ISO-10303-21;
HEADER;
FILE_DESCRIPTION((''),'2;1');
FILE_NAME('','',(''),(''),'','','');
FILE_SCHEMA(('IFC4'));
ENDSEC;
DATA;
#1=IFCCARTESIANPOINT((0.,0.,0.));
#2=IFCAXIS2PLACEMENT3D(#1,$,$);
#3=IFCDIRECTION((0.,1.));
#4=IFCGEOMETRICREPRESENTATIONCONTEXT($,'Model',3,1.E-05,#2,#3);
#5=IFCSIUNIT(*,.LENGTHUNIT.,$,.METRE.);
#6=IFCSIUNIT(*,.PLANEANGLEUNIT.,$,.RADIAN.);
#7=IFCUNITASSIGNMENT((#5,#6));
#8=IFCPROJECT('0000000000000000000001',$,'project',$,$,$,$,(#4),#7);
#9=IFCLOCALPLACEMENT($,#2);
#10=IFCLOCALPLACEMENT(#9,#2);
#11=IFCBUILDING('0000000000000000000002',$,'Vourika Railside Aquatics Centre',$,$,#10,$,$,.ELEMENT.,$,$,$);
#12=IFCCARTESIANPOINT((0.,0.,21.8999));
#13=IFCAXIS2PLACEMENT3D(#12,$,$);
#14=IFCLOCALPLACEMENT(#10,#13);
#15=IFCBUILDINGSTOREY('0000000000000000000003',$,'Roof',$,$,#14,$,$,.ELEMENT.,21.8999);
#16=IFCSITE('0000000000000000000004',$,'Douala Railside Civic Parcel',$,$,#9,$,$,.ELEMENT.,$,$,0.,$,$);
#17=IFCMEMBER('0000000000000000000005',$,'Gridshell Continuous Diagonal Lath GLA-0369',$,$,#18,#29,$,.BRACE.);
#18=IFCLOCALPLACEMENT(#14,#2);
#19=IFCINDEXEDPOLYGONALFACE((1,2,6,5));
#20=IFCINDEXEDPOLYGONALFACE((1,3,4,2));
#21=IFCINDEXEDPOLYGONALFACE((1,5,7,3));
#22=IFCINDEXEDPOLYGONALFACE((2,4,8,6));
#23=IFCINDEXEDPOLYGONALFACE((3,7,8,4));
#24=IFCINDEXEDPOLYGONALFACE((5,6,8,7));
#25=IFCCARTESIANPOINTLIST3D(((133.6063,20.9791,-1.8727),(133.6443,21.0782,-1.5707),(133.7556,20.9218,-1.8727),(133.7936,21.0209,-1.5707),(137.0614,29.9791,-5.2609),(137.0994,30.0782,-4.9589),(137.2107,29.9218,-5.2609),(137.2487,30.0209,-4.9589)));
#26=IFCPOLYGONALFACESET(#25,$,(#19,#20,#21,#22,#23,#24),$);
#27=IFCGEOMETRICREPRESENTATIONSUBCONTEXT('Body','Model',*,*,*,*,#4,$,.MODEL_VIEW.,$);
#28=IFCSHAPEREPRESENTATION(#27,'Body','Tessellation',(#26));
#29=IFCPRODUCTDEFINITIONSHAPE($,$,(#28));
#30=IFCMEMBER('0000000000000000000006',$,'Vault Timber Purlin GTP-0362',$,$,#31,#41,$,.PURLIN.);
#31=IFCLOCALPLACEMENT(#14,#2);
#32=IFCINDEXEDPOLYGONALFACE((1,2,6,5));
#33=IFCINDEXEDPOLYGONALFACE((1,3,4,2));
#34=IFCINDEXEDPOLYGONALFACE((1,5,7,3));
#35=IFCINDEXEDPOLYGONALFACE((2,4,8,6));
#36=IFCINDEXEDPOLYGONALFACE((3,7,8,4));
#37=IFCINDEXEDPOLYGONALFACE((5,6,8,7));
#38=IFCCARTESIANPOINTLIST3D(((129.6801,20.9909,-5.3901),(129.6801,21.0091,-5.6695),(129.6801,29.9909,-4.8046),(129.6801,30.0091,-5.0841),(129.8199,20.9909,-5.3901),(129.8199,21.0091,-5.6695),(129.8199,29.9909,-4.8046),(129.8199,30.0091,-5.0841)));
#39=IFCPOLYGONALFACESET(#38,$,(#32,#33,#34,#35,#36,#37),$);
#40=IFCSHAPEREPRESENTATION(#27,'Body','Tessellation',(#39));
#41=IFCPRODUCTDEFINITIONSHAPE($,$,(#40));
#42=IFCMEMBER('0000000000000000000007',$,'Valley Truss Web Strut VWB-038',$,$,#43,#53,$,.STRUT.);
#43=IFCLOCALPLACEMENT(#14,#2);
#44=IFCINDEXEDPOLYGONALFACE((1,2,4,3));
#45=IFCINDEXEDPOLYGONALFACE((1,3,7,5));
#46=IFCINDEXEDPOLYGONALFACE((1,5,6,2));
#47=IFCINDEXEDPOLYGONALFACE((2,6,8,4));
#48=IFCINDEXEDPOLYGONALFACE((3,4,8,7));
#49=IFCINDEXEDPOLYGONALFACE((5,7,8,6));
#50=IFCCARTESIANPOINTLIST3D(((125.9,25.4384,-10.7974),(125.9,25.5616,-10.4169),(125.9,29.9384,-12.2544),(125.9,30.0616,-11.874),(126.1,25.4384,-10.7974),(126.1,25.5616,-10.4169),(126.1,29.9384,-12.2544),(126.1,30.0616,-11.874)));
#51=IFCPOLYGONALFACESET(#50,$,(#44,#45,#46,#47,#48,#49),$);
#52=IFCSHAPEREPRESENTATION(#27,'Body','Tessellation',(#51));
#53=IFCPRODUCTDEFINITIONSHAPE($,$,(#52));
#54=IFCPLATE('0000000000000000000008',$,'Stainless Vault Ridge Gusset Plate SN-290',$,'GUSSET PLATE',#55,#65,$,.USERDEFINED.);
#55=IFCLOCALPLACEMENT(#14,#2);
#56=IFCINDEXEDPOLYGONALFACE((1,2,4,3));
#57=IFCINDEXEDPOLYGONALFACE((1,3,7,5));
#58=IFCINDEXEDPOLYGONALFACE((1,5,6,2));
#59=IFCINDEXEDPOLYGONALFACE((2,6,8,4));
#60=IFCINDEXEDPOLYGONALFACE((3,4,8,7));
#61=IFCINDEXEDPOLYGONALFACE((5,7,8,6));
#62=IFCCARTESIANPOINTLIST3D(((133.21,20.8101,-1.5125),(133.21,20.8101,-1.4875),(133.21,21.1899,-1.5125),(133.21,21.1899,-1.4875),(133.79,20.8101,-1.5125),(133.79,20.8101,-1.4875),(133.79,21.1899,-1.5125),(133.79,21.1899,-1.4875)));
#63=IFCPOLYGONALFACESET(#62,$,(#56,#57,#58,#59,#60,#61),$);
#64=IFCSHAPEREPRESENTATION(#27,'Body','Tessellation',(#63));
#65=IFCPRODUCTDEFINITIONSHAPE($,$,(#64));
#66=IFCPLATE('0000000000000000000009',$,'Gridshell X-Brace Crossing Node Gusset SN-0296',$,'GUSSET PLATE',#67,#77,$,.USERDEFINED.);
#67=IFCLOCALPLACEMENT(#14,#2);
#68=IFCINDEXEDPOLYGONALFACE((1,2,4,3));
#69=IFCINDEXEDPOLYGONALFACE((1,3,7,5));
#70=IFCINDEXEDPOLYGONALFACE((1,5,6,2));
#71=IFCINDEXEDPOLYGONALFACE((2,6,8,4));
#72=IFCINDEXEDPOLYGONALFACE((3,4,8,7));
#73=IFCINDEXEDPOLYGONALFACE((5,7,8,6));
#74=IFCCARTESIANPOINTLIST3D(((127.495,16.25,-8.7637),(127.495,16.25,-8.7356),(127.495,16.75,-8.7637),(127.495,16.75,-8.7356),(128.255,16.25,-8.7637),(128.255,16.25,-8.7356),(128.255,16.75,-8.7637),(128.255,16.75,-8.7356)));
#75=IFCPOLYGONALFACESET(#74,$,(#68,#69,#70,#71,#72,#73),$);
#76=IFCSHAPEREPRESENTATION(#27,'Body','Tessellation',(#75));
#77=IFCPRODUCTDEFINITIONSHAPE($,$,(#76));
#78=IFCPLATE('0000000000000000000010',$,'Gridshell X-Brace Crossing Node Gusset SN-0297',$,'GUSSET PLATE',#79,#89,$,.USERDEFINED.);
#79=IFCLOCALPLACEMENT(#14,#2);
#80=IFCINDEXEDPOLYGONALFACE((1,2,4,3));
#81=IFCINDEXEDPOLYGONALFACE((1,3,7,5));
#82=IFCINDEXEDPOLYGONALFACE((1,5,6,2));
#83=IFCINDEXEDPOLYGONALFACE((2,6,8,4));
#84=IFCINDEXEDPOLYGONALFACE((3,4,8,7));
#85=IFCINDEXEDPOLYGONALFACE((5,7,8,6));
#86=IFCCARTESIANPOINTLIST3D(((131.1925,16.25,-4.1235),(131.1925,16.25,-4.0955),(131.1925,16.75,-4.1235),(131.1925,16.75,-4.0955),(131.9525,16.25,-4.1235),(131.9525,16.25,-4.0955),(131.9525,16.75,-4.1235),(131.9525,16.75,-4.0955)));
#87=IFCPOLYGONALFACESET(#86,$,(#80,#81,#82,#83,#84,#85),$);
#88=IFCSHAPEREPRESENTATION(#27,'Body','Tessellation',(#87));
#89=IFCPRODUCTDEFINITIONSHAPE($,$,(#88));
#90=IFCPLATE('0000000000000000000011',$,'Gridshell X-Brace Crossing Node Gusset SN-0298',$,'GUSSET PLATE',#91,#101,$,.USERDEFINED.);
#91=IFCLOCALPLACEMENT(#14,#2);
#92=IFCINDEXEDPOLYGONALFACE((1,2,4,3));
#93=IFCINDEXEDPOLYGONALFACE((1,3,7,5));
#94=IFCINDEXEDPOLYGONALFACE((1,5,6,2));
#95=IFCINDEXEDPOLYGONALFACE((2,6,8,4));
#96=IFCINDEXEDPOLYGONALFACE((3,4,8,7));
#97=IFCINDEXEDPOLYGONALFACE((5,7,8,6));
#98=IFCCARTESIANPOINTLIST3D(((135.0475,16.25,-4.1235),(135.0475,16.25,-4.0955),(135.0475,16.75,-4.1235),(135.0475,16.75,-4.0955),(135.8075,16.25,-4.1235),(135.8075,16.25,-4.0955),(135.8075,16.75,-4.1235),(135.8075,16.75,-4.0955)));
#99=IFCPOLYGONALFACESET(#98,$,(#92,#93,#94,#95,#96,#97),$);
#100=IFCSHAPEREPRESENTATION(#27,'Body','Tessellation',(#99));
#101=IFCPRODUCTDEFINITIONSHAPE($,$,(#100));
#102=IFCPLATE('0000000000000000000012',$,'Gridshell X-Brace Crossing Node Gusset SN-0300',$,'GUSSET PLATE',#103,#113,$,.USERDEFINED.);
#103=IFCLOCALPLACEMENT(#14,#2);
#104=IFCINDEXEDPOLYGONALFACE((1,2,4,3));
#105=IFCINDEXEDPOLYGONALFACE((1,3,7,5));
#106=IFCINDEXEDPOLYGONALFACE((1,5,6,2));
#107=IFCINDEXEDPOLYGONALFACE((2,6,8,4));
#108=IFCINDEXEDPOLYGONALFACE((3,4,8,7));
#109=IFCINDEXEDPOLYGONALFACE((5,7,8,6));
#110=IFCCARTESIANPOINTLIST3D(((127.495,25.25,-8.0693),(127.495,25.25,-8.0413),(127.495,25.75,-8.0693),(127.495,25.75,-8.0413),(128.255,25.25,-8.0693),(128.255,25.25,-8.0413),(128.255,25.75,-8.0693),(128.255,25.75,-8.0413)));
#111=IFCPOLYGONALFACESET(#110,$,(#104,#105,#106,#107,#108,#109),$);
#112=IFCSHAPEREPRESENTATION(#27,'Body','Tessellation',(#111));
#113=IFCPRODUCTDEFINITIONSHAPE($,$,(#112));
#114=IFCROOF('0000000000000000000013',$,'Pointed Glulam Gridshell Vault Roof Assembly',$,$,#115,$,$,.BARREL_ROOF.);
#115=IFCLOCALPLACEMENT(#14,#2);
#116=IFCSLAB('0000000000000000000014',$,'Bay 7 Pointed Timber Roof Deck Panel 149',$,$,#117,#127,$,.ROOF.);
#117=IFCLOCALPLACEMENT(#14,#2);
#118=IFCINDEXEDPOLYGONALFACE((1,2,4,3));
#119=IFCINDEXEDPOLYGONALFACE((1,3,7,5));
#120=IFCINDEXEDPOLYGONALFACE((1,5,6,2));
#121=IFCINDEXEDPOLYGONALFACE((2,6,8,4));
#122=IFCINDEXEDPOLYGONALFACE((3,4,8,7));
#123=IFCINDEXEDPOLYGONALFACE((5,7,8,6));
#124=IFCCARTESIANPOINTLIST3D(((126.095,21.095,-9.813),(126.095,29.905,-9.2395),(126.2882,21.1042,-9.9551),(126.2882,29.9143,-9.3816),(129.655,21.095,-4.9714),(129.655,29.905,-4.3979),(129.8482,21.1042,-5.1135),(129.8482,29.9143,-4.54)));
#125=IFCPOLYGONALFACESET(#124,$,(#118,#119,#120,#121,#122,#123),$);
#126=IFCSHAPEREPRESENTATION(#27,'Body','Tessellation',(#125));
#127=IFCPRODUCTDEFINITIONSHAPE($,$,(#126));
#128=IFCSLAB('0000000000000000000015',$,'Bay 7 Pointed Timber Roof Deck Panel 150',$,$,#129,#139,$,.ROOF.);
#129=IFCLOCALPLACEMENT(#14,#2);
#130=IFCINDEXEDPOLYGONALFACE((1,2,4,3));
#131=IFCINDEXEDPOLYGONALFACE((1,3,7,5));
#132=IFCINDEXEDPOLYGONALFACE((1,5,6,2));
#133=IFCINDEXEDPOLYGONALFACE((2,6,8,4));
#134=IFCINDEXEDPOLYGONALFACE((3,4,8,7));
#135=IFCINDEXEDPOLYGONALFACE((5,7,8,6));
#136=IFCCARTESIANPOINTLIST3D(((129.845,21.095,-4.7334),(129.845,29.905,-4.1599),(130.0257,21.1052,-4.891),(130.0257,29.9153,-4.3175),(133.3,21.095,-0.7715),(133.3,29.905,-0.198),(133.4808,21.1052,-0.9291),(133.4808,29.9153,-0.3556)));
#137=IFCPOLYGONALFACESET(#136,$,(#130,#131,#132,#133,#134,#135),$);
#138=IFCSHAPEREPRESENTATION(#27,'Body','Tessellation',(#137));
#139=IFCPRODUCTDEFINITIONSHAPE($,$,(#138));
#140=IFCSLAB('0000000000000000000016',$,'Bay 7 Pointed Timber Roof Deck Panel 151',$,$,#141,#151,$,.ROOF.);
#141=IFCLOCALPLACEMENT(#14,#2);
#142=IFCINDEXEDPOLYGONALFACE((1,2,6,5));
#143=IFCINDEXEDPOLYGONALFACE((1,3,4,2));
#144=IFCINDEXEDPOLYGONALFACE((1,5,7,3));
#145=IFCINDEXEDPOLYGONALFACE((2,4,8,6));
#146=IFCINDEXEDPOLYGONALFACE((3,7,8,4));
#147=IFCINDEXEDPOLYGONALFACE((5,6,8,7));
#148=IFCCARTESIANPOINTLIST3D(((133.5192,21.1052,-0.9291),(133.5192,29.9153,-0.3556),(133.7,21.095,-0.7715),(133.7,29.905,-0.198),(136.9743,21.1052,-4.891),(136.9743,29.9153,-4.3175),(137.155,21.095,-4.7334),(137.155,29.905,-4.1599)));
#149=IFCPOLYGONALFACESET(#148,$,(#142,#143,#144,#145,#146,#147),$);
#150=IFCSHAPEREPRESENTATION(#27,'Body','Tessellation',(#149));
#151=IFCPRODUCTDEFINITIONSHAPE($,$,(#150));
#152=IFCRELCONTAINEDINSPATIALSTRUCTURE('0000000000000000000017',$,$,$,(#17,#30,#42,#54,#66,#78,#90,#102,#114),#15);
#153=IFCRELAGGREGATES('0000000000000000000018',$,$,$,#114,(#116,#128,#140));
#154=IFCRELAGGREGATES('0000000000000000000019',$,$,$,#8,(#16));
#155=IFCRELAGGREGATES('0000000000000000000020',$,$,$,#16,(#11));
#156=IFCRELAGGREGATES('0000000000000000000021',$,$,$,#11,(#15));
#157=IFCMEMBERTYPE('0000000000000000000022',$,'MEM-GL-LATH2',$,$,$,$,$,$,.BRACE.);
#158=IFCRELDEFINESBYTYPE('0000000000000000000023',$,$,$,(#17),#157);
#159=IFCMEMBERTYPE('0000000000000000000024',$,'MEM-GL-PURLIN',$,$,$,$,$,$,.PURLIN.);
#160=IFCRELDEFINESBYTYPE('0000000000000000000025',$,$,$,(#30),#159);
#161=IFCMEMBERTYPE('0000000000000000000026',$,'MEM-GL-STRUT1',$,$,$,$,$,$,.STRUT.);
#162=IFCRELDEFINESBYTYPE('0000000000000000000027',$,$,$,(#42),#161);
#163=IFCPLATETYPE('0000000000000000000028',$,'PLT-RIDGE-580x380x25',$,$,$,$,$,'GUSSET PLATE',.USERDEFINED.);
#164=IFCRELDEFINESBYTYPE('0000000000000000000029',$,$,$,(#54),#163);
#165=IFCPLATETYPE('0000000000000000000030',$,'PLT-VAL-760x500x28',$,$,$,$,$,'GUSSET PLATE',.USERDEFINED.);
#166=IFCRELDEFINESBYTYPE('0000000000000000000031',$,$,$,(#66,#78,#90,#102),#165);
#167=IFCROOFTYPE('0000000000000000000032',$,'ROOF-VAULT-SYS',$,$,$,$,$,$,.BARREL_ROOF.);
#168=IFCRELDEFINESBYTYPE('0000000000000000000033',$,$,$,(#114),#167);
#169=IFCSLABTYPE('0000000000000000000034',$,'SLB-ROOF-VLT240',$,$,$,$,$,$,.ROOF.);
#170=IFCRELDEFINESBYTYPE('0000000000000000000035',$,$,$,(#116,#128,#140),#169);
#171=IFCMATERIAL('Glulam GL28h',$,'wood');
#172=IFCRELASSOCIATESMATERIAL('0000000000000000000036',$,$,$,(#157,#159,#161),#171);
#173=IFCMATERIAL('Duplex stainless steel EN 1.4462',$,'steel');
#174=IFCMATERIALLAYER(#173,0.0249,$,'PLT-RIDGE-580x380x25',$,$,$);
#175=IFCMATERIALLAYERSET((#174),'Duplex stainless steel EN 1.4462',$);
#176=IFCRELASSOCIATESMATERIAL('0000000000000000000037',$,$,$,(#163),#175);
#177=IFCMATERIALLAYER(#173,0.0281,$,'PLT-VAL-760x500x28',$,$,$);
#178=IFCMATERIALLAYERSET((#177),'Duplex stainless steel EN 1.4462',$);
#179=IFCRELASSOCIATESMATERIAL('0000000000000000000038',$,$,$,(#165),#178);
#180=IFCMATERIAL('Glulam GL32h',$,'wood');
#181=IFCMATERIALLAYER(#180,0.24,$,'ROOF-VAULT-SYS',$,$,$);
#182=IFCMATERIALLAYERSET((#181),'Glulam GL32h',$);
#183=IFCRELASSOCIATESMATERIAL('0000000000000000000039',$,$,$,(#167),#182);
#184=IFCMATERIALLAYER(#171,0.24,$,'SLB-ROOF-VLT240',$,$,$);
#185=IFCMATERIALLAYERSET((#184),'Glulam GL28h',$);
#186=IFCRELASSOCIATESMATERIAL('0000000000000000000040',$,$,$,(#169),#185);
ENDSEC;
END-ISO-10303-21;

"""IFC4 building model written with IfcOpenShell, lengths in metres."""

from ifc_helpers import new_model, si_unit, direction, frame, origin, origin_2d, place, context, subcontext, project, spatial, polyline, rectangle, outline, extrude, material, layer, layer_set, material_profile, profile_set, type_object, element, aggregate, save


model = new_model("IFC4")

# Units and contexts
model_context = context("Model", 3, precision=1e-05, world=origin(), true_north=direction((0.0, 1.0)))
body_context = subcontext(model_context, "Body", "Model", "MODEL_VIEW")
ifc_project = project(units=[si_unit("LENGTHUNIT", "METRE"), si_unit("PLANEANGLEUNIT", "RADIAN")], contexts=[model_context])

# Site, building, storey
site_placement = place(None, origin())
site = spatial("IfcSite", under=ifc_project, at=site_placement, Name="Douala Railside Civic Parcel", CompositionType="ELEMENT", RefElevation=0.0)
building_placement = place(site_placement, origin())
building = spatial("IfcBuilding", under=site, at=building_placement, Name="Vourika Railside Aquatics Centre", CompositionType="ELEMENT")
storey_placement = place(building_placement, frame((0.0, 0.0, 21.8999)))
storey = spatial("IfcBuildingStorey", under=building, at=storey_placement, Name="Roof", CompositionType="ELEMENT", Elevation=21.8999)

# Shared definitions
ifc_material_1 = material(Name="Glulam GL32h", Category="wood")

# Members
ifc_material_2 = material(Name="Glulam GL28h", Category="wood")
ifc_material_profile_1 = material_profile(ifc_material_2, rectangle(XDim=0.1599, YDim=0.3201, at=origin_2d()), Name="GL28h 160x320")
ifc_profile_set_1 = profile_set([ifc_material_profile_1], Name="Glulam GL28h")
member_type_1 = type_object("IfcMemberType", Name="MEM-GL-LATH2", PredefinedType="BRACE", material=ifc_profile_set_1)
member_1_placement = place(storey_placement, frame((133.7, 21.0, -1.7217), z_axis=(0.338121, 0.880757, -0.331574), x_axis=(-0.93357, 0.358395, 0.0)))
element("IfcMember", 1, at=member_1_placement, inside=storey, type_object=member_type_1, Name="Gridshell Continuous Diagonal Lath GLA-0369", PredefinedType="BRACE", context=body_context, shape_type="SweptSolid", body=[
    extrude(rectangle(XDim=0.1599, YDim=0.3201, at=origin_2d()), origin(), (0.0, 0.0, 1.0), 10.2185),
])
ifc_material_profile_2 = material_profile(ifc_material_2, rectangle(XDim=0.1399, YDim=0.28, at=origin_2d()), Name="GL28h 140x280")
ifc_profile_set_2 = profile_set([ifc_material_profile_2], Name="Glulam GL28h")
member_type_2 = type_object("IfcMemberType", Name="MEM-GL-PURLIN", PredefinedType="PURLIN", material=ifc_profile_set_2)
member_2_placement = place(storey_placement, frame((129.75, 21.0, -5.5298), z_axis=(0.0, 0.997891, 0.064913), x_axis=(-1.0, 0.0, 0.0)))
element("IfcMember", 2, at=member_2_placement, inside=storey, type_object=member_type_2, Name="Vault Timber Purlin GTP-0362", PredefinedType="PURLIN", context=body_context, shape_type="SweptSolid", body=[
    extrude(rectangle(XDim=0.1399, YDim=0.28, at=origin_2d()), origin(), (0.0, 0.0, 1.0), 9.019),
])
ifc_material_profile_3 = material_profile(ifc_material_2, rectangle(XDim=0.2, YDim=0.3999, at=origin_2d()), Name="GL28h 200x400")
ifc_profile_set_3 = profile_set([ifc_material_profile_3], Name="Glulam GL28h")
member_type_3 = type_object("IfcMemberType", Name="MEM-GL-STRUT1", PredefinedType="STRUT", material=ifc_profile_set_3)
member_3_placement = place(storey_placement, frame((126.0, 25.5, -10.6072), z_axis=(0.0, 0.951373, -0.30804), x_axis=(-1.0, 0.0, 0.0)))
element("IfcMember", 3, at=member_3_placement, inside=storey, type_object=member_type_3, Name="Valley Truss Web Strut VWB-038", PredefinedType="STRUT", context=body_context, shape_type="SweptSolid", body=[
    extrude(rectangle(XDim=0.2, YDim=0.3999, at=origin_2d()), origin(), (0.0, 0.0, 1.0), 4.73),
])

# Plates
ifc_material_3 = material(Name="Duplex stainless steel EN 1.4462", Category="steel")
ifc_layer_1 = layer(ifc_material_3, 0.0249, Name="PLT-RIDGE-580x380x25")
ifc_layer_set_1 = layer_set([ifc_layer_1], Name="Duplex stainless steel EN 1.4462")
plate_type_1 = type_object("IfcPlateType", Name="PLT-RIDGE-580x380x25", ElementType="GUSSET PLATE", PredefinedType="USERDEFINED", material=ifc_layer_set_1)
plate_placement = place(storey_placement, frame((133.5, 21.0, -1.5125), z_axis=(0.0, 0.0, 1.0), x_axis=(1.0, 0.0, 0.0)))
element("IfcPlate", 4, at=plate_placement, inside=storey, type_object=plate_type_1, Name="Stainless Vault Ridge Gusset Plate SN-290", ObjectType="GUSSET PLATE", PredefinedType="USERDEFINED", context=body_context, shape_type="SweptSolid", body=[
    extrude(rectangle(XDim=0.5801, YDim=0.3799, at=origin_2d()), origin(), (0.0, 0.0, 1.0), 0.0249),
])
ifc_layer_2 = layer(ifc_material_3, 0.0281, Name="PLT-VAL-760x500x28")
ifc_layer_set_2 = layer_set([ifc_layer_2], Name="Duplex stainless steel EN 1.4462")
plate_type_2 = type_object("IfcPlateType", Name="PLT-VAL-760x500x28", ElementType="GUSSET PLATE", PredefinedType="USERDEFINED", material=ifc_layer_set_2)
for number, where, z_axis, x_axis, name in (
    (5, (127.875, 16.5, -8.7637), (0.0, 0.0, 1.0), (1.0, 0.0, 0.0), "Gridshell X-Brace Crossing Node Gusset SN-0296"),
    (6, (131.5725, 16.5, -4.1235), (0.0, 0.0, 1.0), (1.0, 0.0, 0.0), "Gridshell X-Brace Crossing Node Gusset SN-0297"),
    (7, (135.4275, 16.5, -4.1235), (0.0, 0.0, 1.0), (1.0, 0.0, 0.0), "Gridshell X-Brace Crossing Node Gusset SN-0298"),
    (8, (127.875, 25.5, -8.0693), (0.0, 0.0, 1.0), (1.0, 0.0, 0.0), "Gridshell X-Brace Crossing Node Gusset SN-0300"),
):
    element("IfcPlate", number, at=place(storey_placement, frame(where, z_axis=z_axis, x_axis=x_axis)), inside=storey, type_object=plate_type_2, Name=name, ObjectType="GUSSET PLATE", PredefinedType="USERDEFINED", context=body_context, shape_type="SweptSolid", body=[
        extrude(rectangle(XDim=0.76, YDim=0.5, at=origin_2d()), origin(), (0.0, 0.0, 1.0), 0.0281),
    ])

# Roof, slabs
ifc_layer_3 = layer(ifc_material_1, 0.24, Name="ROOF-VAULT-SYS")
ifc_layer_set_3 = layer_set([ifc_layer_3], Name="Glulam GL32h")
roof_type = type_object("IfcRoofType", Name="ROOF-VAULT-SYS", PredefinedType="BARREL_ROOF", material=ifc_layer_set_3)
roof_placement = place(storey_placement, origin())
roof = element("IfcRoof", 9, at=roof_placement, inside=storey, type_object=roof_type, Name="Pointed Glulam Gridshell Vault Roof Assembly", PredefinedType="BARREL_ROOF")
ifc_layer_4 = layer(ifc_material_2, 0.24, Name="SLB-ROOF-VLT240")
ifc_layer_set_4 = layer_set([ifc_layer_4], Name="Glulam GL28h")
slab_type = type_object("IfcSlabType", Name="SLB-ROOF-VLT240", PredefinedType="ROOF", material=ifc_layer_set_4)
slab_1_placement = place(storey_placement, frame((126.095, 21.095, -9.813), z_axis=(-0.805045, -0.038533, 0.591961), x_axis=(0.592401, 0.0, 0.805644)))
slab_1 = element("IfcSlab", 10, at=slab_1_placement, type_object=slab_type, Name="Bay 7 Pointed Timber Roof Deck Panel 149", PredefinedType="ROOF", context=body_context, shape_type="SweptSolid", body=[
    extrude(outline(polyline([(0.0, 0.0), (6.0095, 0.0), (6.4716, 8.8166), (0.462, 8.8166), (0.0, 0.0)])), origin(), (0.0, 0.0, -1.0), 0.24),
])
slab_2_placement = place(storey_placement, frame((129.845, 21.095, -4.7334), z_axis=(-0.75298, -0.042745, 0.656654), x_axis=(0.657254, 0.0, 0.753669)))
slab_2 = element("IfcSlab", 11, at=slab_2_placement, type_object=slab_type, Name="Bay 7 Pointed Timber Roof Deck Panel 150", PredefinedType="ROOF", context=body_context, shape_type="SweptSolid", body=[
    extrude(outline(polyline([(0.0, 0.0), (5.2568, 0.0), (5.6891, 8.8181), (0.4322, 8.8181), (0.0, 0.0)])), origin(), (0.0, 0.0, -1.0), 0.24),
])
slab_3_placement = place(storey_placement, frame((133.7, 21.095, -0.7715), z_axis=(0.75298, -0.042745, 0.656654), x_axis=(0.657254, 0.0, -0.753669)))
slab_3 = element("IfcSlab", 12, at=slab_3_placement, type_object=slab_type, Name="Bay 7 Pointed Timber Roof Deck Panel 151", PredefinedType="ROOF", context=body_context, shape_type="SweptSolid", body=[
    extrude(outline(polyline([(0.0, 0.0), (5.2568, 0.0), (4.8246, 8.8181), (-0.4322, 8.8181), (0.0, 0.0)])), origin(), (0.0, 0.0, -1.0), 0.24),
])
aggregate(roof, [slab_1, slab_2, slab_3])

save(model, "model.ifc")
